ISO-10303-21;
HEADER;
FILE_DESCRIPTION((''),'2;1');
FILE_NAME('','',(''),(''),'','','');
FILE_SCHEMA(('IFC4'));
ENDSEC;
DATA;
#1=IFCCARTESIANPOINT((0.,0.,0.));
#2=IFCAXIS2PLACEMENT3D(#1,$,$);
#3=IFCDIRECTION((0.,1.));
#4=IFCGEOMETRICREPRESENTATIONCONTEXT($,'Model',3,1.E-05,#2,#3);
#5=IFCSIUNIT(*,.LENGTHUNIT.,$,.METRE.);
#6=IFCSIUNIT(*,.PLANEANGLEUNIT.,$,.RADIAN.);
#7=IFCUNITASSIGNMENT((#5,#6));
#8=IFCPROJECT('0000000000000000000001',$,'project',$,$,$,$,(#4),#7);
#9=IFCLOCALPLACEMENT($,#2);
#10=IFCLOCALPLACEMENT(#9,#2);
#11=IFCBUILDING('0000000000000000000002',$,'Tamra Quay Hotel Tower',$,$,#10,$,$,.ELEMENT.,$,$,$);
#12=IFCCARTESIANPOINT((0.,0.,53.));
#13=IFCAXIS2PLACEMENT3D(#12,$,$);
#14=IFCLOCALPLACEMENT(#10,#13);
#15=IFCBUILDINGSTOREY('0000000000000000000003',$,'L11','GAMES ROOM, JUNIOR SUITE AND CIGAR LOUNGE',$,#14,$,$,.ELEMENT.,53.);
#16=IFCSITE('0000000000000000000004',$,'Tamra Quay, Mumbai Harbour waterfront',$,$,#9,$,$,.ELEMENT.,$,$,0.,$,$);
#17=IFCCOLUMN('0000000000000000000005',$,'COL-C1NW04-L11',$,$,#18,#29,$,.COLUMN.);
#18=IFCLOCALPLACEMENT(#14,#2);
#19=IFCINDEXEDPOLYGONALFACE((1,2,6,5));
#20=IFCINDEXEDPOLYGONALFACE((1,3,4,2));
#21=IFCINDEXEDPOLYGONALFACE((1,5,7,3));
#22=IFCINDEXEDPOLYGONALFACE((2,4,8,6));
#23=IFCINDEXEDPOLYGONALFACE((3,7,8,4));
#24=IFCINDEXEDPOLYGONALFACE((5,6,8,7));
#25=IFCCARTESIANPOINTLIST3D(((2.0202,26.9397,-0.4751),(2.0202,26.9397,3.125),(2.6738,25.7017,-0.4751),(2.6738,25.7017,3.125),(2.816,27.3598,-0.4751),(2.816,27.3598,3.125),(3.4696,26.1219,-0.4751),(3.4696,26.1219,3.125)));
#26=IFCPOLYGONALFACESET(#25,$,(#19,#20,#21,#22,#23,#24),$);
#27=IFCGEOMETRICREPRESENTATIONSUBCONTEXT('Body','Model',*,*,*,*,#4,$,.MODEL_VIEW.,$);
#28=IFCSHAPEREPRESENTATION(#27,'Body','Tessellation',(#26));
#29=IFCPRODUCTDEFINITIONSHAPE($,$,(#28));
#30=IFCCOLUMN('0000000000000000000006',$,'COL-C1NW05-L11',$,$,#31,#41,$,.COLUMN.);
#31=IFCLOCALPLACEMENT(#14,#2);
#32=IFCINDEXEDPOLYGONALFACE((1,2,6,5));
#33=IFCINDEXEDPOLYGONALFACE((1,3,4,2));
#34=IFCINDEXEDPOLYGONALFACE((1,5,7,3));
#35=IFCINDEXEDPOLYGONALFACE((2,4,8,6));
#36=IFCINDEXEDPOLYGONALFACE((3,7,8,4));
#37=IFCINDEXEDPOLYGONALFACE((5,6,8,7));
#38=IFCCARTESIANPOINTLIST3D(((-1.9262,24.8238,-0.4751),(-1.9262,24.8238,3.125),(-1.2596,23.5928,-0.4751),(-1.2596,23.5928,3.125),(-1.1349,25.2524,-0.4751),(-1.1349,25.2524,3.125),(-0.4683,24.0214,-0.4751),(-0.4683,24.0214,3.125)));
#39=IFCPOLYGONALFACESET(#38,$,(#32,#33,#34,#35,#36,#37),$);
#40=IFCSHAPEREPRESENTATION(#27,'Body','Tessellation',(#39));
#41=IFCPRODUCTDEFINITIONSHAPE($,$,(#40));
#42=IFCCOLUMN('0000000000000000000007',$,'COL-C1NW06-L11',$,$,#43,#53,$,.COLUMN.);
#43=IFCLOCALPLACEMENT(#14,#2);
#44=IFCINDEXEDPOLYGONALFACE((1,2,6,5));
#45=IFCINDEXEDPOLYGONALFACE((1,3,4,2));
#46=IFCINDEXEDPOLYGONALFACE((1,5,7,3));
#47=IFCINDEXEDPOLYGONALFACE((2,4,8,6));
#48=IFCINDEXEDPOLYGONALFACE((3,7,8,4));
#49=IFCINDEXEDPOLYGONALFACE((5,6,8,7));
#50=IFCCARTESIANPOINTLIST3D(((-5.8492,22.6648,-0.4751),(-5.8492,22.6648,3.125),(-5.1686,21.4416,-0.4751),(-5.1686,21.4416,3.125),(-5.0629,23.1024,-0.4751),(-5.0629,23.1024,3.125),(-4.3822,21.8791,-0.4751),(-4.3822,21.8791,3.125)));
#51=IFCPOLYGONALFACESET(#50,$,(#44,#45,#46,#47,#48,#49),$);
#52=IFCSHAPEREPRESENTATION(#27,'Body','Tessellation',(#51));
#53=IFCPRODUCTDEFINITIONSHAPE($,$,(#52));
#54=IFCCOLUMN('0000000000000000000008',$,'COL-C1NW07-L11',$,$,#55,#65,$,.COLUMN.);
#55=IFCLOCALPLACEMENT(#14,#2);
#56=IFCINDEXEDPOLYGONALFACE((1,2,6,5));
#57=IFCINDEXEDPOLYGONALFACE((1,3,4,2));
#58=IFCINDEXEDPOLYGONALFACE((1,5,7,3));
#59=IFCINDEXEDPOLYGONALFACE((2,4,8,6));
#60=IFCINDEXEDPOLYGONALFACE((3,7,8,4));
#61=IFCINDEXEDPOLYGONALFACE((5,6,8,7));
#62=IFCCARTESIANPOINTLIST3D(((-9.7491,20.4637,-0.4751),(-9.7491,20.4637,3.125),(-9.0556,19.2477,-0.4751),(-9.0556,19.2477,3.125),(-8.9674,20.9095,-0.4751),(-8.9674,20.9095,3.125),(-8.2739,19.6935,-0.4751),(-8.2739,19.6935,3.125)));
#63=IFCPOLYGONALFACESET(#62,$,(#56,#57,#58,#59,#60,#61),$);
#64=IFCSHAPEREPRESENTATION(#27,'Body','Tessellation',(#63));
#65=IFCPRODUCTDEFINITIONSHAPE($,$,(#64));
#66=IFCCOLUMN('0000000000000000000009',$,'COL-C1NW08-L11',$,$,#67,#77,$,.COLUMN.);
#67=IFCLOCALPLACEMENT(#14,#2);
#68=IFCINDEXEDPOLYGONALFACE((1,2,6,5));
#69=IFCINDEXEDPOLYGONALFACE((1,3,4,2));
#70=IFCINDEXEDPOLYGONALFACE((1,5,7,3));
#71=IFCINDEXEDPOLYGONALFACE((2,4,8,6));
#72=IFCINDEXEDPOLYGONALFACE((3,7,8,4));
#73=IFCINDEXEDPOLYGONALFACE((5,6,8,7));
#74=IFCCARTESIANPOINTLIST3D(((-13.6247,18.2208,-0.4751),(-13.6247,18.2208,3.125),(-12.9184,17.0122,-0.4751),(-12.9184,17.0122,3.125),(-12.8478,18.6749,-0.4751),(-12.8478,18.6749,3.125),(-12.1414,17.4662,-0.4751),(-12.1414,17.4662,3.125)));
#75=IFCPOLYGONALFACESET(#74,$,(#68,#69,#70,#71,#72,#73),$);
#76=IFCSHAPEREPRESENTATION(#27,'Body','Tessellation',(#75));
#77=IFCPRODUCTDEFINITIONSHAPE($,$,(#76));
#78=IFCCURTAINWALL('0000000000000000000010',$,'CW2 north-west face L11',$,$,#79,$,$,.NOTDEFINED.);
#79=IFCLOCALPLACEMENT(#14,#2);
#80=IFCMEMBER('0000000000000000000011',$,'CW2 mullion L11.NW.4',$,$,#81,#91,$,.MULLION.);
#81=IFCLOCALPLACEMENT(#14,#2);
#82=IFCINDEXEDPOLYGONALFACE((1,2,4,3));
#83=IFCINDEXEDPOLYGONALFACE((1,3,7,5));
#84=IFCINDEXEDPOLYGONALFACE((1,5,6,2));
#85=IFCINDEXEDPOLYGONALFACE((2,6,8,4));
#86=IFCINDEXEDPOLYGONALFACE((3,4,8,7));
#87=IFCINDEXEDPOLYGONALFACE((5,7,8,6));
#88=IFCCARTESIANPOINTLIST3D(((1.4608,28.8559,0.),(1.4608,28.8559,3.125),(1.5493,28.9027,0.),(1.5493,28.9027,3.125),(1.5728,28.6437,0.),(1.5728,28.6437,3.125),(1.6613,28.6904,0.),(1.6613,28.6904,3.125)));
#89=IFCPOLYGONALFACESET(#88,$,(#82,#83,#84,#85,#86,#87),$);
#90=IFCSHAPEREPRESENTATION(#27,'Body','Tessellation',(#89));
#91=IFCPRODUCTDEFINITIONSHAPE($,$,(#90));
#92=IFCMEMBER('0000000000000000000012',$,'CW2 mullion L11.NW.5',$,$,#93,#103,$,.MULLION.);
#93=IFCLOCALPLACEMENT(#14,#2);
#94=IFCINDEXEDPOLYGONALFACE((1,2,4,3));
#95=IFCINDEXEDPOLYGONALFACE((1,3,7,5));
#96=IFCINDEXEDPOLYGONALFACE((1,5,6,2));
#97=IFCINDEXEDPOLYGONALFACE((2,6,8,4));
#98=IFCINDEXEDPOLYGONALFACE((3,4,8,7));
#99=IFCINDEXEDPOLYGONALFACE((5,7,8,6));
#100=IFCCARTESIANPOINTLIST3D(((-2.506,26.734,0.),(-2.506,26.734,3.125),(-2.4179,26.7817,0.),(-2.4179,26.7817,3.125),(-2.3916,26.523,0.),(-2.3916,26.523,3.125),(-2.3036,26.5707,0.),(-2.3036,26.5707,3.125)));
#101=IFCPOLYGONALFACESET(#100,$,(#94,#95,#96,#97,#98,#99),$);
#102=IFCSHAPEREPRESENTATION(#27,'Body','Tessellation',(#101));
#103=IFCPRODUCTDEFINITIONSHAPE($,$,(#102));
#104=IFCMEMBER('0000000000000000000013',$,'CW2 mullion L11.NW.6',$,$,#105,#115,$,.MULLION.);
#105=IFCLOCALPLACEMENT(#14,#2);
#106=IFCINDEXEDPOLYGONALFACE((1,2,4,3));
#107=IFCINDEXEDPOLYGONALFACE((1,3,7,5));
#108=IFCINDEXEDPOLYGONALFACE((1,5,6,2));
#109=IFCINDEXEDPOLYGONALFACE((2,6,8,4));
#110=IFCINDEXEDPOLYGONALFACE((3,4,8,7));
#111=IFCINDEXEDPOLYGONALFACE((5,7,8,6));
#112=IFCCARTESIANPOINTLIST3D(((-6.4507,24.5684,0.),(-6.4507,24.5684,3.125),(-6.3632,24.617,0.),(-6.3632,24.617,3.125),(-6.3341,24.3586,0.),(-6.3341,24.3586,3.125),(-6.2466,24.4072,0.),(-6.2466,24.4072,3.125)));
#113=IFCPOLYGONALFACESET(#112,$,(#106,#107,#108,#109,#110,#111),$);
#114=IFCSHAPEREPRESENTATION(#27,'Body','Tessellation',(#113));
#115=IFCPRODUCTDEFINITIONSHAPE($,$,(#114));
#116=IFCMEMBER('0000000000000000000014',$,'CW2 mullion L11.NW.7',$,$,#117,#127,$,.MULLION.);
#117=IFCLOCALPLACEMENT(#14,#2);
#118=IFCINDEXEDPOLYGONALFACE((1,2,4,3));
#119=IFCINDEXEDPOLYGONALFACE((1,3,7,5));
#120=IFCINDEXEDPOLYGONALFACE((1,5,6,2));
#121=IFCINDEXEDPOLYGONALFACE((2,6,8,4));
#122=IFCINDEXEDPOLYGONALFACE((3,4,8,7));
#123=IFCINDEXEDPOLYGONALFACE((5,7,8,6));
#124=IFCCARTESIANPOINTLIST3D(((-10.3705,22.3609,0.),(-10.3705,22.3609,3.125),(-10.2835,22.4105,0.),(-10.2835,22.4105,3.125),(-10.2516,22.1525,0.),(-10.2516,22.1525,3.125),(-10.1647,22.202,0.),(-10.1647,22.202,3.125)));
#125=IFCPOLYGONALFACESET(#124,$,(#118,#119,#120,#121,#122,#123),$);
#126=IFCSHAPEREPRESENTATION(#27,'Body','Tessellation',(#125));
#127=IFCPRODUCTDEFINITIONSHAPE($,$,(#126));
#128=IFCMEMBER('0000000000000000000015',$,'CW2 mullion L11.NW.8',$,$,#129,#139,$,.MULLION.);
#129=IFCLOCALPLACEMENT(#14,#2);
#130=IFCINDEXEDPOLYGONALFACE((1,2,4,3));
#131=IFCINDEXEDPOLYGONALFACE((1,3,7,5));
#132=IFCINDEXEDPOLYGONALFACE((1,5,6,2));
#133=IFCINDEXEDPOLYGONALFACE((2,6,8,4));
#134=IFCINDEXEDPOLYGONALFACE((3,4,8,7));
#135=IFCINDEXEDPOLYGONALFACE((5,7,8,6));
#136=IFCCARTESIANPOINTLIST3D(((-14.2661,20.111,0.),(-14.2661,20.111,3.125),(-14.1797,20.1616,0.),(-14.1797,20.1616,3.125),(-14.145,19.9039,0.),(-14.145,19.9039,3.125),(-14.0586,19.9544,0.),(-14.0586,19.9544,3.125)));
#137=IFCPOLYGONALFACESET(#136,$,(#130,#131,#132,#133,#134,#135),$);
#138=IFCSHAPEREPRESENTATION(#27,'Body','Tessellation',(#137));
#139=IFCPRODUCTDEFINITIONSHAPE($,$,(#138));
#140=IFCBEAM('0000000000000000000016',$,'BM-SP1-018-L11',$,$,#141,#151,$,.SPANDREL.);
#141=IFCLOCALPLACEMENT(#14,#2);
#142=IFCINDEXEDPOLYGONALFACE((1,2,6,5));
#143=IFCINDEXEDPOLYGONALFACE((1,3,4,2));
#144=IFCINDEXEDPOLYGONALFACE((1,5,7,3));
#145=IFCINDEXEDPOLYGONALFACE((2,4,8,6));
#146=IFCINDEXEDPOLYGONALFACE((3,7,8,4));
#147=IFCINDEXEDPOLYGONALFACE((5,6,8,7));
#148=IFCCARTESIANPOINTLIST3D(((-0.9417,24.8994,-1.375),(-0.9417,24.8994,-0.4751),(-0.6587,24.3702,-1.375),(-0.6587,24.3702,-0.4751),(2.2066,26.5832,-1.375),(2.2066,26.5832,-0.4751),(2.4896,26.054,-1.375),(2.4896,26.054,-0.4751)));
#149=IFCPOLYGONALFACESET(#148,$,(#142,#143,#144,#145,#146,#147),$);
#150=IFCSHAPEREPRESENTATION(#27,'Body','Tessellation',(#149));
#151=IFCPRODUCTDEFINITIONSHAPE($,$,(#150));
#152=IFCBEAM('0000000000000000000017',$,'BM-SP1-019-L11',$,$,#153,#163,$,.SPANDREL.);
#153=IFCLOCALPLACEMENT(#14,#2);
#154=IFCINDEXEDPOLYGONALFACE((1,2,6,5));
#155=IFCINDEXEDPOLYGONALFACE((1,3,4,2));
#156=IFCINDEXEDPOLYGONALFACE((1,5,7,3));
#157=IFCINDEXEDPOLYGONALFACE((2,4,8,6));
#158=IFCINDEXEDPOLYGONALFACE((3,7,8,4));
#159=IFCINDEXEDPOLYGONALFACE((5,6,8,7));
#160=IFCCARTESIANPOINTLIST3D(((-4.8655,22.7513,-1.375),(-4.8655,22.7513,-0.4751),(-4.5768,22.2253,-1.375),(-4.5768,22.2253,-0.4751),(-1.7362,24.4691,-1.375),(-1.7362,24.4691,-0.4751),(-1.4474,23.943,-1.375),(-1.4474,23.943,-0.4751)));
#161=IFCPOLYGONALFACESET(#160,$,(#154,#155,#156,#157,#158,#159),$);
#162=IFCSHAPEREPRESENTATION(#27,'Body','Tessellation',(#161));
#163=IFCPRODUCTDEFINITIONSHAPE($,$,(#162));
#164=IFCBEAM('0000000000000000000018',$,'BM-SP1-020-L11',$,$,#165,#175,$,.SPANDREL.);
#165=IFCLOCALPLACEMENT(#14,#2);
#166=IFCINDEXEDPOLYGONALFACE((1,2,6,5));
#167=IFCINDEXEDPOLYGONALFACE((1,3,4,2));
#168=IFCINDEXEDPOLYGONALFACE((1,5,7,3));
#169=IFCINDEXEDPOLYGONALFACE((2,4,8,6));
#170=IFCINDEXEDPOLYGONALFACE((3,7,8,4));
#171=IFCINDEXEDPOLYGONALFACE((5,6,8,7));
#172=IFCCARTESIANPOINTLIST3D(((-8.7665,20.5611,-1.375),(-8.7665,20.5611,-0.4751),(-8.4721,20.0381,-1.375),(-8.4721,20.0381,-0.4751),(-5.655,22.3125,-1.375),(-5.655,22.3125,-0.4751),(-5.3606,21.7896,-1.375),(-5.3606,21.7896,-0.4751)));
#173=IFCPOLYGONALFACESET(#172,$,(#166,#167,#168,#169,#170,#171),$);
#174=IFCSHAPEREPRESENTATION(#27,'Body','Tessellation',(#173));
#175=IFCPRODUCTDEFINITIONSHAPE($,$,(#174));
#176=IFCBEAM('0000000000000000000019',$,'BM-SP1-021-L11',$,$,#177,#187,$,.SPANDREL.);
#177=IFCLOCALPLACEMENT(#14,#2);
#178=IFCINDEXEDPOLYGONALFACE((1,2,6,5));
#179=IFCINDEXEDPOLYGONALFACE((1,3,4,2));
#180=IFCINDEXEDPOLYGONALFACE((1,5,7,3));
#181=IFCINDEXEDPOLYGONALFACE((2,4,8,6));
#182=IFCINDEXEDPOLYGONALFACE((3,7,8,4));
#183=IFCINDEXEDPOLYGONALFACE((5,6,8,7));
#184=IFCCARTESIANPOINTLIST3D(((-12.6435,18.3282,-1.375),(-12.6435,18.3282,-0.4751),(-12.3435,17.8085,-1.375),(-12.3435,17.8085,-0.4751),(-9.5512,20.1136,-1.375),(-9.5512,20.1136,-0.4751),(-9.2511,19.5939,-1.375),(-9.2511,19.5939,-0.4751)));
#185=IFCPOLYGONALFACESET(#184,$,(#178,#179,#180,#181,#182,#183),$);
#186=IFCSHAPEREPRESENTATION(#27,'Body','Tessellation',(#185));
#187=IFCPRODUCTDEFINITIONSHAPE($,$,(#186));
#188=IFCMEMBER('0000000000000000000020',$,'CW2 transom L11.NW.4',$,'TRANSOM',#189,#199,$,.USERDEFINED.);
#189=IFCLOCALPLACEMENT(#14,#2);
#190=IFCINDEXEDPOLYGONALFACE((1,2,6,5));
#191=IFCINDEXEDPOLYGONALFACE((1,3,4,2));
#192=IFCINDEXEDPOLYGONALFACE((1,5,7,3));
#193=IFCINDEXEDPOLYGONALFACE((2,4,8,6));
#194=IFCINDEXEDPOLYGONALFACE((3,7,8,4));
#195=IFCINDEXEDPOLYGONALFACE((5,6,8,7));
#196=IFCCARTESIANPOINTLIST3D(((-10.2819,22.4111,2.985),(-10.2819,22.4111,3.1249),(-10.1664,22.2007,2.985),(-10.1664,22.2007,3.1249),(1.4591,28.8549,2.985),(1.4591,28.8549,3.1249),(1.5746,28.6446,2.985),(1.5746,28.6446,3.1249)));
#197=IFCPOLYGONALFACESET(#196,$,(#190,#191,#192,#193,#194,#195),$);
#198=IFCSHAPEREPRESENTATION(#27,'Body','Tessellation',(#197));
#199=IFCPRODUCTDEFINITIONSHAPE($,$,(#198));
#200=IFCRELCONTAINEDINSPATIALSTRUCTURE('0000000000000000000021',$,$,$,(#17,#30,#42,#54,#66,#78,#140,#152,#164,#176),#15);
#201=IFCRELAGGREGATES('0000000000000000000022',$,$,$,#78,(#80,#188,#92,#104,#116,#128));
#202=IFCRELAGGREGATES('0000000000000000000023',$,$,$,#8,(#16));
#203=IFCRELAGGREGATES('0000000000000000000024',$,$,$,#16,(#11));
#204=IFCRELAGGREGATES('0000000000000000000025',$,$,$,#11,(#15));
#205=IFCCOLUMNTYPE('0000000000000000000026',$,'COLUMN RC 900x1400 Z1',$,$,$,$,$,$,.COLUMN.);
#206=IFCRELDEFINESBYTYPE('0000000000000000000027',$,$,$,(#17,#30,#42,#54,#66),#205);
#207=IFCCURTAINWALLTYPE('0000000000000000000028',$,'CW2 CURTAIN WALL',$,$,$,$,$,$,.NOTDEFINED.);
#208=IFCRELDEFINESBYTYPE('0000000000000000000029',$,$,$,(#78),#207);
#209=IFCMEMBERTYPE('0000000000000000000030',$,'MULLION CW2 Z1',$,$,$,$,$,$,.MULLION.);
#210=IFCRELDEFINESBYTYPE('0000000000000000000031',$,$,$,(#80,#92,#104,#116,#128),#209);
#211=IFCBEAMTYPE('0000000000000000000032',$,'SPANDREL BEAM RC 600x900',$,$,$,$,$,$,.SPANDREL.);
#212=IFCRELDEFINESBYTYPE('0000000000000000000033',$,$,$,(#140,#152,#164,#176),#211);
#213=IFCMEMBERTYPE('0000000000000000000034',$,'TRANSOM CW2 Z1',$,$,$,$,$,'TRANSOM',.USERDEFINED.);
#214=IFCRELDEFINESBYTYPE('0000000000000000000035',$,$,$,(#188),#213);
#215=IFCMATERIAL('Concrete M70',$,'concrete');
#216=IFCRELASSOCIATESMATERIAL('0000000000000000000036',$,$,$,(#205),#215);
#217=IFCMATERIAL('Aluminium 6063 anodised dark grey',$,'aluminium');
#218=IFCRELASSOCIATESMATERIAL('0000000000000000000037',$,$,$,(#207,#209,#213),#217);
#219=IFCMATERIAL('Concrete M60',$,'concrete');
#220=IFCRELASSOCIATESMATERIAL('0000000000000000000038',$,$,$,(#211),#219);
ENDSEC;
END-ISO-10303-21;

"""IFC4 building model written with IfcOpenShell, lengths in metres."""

from ifc_helpers import new_model, si_unit, direction, frame, origin, origin_2d, place, context, subcontext, project, spatial, rectangle, extrude, material, material_profile, profile_set, type_object, element, aggregate, save


model = new_model("IFC4")

# Units and contexts
model_context = context("Model", 3, precision=1e-05, world=origin(), true_north=direction((0.0, 1.0)))
body_context = subcontext(model_context, "Body", "Model", "MODEL_VIEW")
ifc_project = project(units=[si_unit("LENGTHUNIT", "METRE"), si_unit("PLANEANGLEUNIT", "RADIAN")], contexts=[model_context])

# Site, building, storey
site_placement = place(None, origin())
site = spatial("IfcSite", under=ifc_project, at=site_placement, Name="Tamra Quay, Mumbai Harbour waterfront", CompositionType="ELEMENT", RefElevation=0.0)
building_placement = place(site_placement, origin())
building = spatial("IfcBuilding", under=site, at=building_placement, Name="Tamra Quay Hotel Tower", CompositionType="ELEMENT")
storey_placement = place(building_placement, frame((0.0, 0.0, 53.0)))
storey = spatial("IfcBuildingStorey", under=building, at=storey_placement, Name="L11", Description="GAMES ROOM, JUNIOR SUITE AND CIGAR LOUNGE", CompositionType="ELEMENT", Elevation=53.0)

# Columns
ifc_material_1 = material(Name="Concrete M70", Category="concrete")
ifc_material_profile_1 = material_profile(ifc_material_1, rectangle(XDim=1.3999, YDim=0.8999, at=origin_2d()), Name="COLUMN RC 900x1400 Z1")
ifc_profile_set_1 = profile_set([ifc_material_profile_1], Name="Concrete M70")
column_type = type_object("IfcColumnType", Name="COLUMN RC 900x1400 Z1", PredefinedType="COLUMN", material=ifc_profile_set_1)
for number, where, z_axis, x_axis, name in (
    (1, (2.7449, 26.5308, -0.4751), (0.0, 0.0, 1.0), (-0.466896, 0.884312, 0.0), "COL-C1NW04-L11"),
    (2, (-1.1973, 24.4226, -0.4751), (0.0, 0.0, 1.0), (-0.476198, 0.879338, 0.0), "COL-C1NW05-L11"),
    (3, (-5.1157, 22.272, -0.4751), (0.0, 0.0, 1.0), (-0.486221, 0.873836, 0.0), "COL-C1NW06-L11"),
    (4, (-9.0115, 20.0786, -0.4751), (0.0, 0.0, 1.0), (-0.495421, 0.868653, 0.0), "COL-C1NW07-L11"),
    (5, (-12.8831, 17.8435, -0.4751), (0.0, 0.0, 1.0), (-0.504565, 0.863374, 0.0), "COL-C1NW08-L11"),
):
    element("IfcColumn", number, at=place(storey_placement, frame(where, z_axis=z_axis, x_axis=x_axis)), inside=storey, type_object=column_type, Name=name, PredefinedType="COLUMN", context=body_context, shape_type="SweptSolid", body=[
        extrude(rectangle(XDim=1.3999, YDim=0.8999, at=origin_2d()), origin(), (0.0, 0.0, 1.0), 3.6001),
    ])

# Curtain wall, members
ifc_material_2 = material(Name="Aluminium 6063 anodised dark grey", Category="aluminium")
curtain_wall_type = type_object("IfcCurtainWallType", Name="CW2 CURTAIN WALL", PredefinedType="NOTDEFINED", material=ifc_material_2)
curtain_wall_placement = place(storey_placement, origin())
curtain_wall = element("IfcCurtainWall", 6, at=curtain_wall_placement, inside=storey, type_object=curtain_wall_type, Name="CW2 north-west face L11", PredefinedType="NOTDEFINED")
ifc_material_profile_2 = material_profile(ifc_material_2, rectangle(XDim=0.24, YDim=0.1001, at=origin_2d()), Name="MULLION 100X240")
ifc_profile_set_2 = profile_set([ifc_material_profile_2], Name="Aluminium 6063 anodised dark grey")
member_type_1 = type_object("IfcMemberType", Name="MULLION CW2 Z1", PredefinedType="MULLION", material=ifc_profile_set_2)
member_1_placement = place(storey_placement, frame((1.561, 28.7732, 0.0), z_axis=(0.0, 0.0, 1.0), x_axis=(-0.466835, 0.884344, 0.0)))
member_1 = element("IfcMember", 7, at=member_1_placement, type_object=member_type_1, Name="CW2 mullion L11.NW.4", PredefinedType="MULLION", context=body_context, shape_type="SweptSolid", body=[
    extrude(rectangle(XDim=0.24, YDim=0.1001, at=origin_2d()), origin(), (0.0, 0.0, 1.0), 3.125),
])
member_2_placement = place(storey_placement, frame((-2.4048, 26.6523, 0.0), z_axis=(0.0, 0.0, 1.0), x_axis=(-0.476377, 0.879241, 0.0)))
member_2 = element("IfcMember", 8, at=member_2_placement, type_object=member_type_1, Name="CW2 mullion L11.NW.5", PredefinedType="MULLION", context=body_context, shape_type="SweptSolid", body=[
    extrude(rectangle(XDim=0.24, YDim=0.1001, at=origin_2d()), origin(), (0.0, 0.0, 1.0), 3.125),
])
member_3_placement = place(storey_placement, frame((-6.3486, 24.4878, 0.0), z_axis=(0.0, 0.0, 1.0), x_axis=(-0.485864, 0.874035, 0.0)))
member_3 = element("IfcMember", 9, at=member_3_placement, type_object=member_type_1, Name="CW2 mullion L11.NW.6", PredefinedType="MULLION", context=body_context, shape_type="SweptSolid", body=[
    extrude(rectangle(XDim=0.24, YDim=0.1001, at=origin_2d()), origin(), (0.0, 0.0, 1.0), 3.125),
])
member_4_placement = place(storey_placement, frame((-10.2676, 22.2815, 0.0), z_axis=(0.0, 0.0, 1.0), x_axis=(-0.495301, 0.868722, 0.0)))
member_4 = element("IfcMember", 10, at=member_4_placement, type_object=member_type_1, Name="CW2 mullion L11.NW.7", PredefinedType="MULLION", context=body_context, shape_type="SweptSolid", body=[
    extrude(rectangle(XDim=0.24, YDim=0.1001, at=origin_2d()), origin(), (0.0, 0.0, 1.0), 3.125),
])
member_5_placement = place(storey_placement, frame((-14.1624, 20.0327, 0.0), z_axis=(0.0, 0.0, 1.0), x_axis=(-0.504685, 0.863304, 0.0)))
member_5 = element("IfcMember", 11, at=member_5_placement, type_object=member_type_1, Name="CW2 mullion L11.NW.8", PredefinedType="MULLION", context=body_context, shape_type="SweptSolid", body=[
    extrude(rectangle(XDim=0.24, YDim=0.1001, at=origin_2d()), origin(), (0.0, 0.0, 1.0), 3.125),
])

# Beams
ifc_material_3 = material(Name="Concrete M60", Category="concrete")
ifc_material_profile_3 = material_profile(ifc_material_3, rectangle(XDim=0.6001, YDim=0.8999, at=origin_2d()), Name="SPANDREL BEAM RC 600x900")
ifc_profile_set_3 = profile_set([ifc_material_profile_3], Name="Concrete M60")
beam_type = type_object("IfcBeamType", Name="SPANDREL BEAM RC 600x900", PredefinedType="SPANDREL", material=ifc_profile_set_3)
beam_1_placement = place(storey_placement, frame((2.3481, 26.3186, -0.925), z_axis=(-0.881809, -0.471607, 0.0), x_axis=(0.471607, -0.881809, 0.0)))
element("IfcBeam", 12, at=beam_1_placement, inside=storey, type_object=beam_type, Name="BM-SP1-018-L11", PredefinedType="SPANDREL", context=body_context, shape_type="SweptSolid", body=[
    extrude(rectangle(XDim=0.6001, YDim=0.8999, at=origin_2d()), origin(), (0.0, 0.0, 1.0), 3.5703),
])
beam_2_placement = place(storey_placement, frame((-1.5918, 24.2061, -0.925), z_axis=(-0.876617, -0.481189, 0.0), x_axis=(0.481189, -0.876617, 0.0)))
element("IfcBeam", 13, at=beam_2_placement, inside=storey, type_object=beam_type, Name="BM-SP1-019-L11", PredefinedType="SPANDREL", context=body_context, shape_type="SweptSolid", body=[
    extrude(rectangle(XDim=0.6001, YDim=0.8999, at=origin_2d()), origin(), (0.0, 0.0, 1.0), 3.5698),
])
beam_3_placement = place(storey_placement, frame((-5.5078, 22.051, -0.925), z_axis=(-0.871431, -0.490518, 0.0), x_axis=(0.490518, -0.871431, 0.0)))
element("IfcBeam", 14, at=beam_3_placement, inside=storey, type_object=beam_type, Name="BM-SP1-020-L11", PredefinedType="SPANDREL", context=body_context, shape_type="SweptSolid", body=[
    extrude(rectangle(XDim=0.6001, YDim=0.8999, at=origin_2d()), origin(), (0.0, 0.0, 1.0), 3.5706),
])
beam_4_placement = place(storey_placement, frame((-9.4011, 19.8538, -0.925), z_axis=(-0.866017, -0.500014, 0.0), x_axis=(0.500014, -0.866017, 0.0)))
element("IfcBeam", 15, at=beam_4_placement, inside=storey, type_object=beam_type, Name="BM-SP1-021-L11", PredefinedType="SPANDREL", context=body_context, shape_type="SweptSolid", body=[
    extrude(rectangle(XDim=0.6001, YDim=0.8999, at=origin_2d()), origin(), (0.0, 0.0, 1.0), 3.5708),
])

# Member
ifc_material_profile_4 = material_profile(ifc_material_2, rectangle(XDim=0.24, YDim=0.1399, at=origin_2d()), Name="TRANSOM 240X140")
ifc_profile_set_4 = profile_set([ifc_material_profile_4], Name="Aluminium 6063 anodised dark grey")
member_type_2 = type_object("IfcMemberType", Name="TRANSOM CW2 Z1", ElementType="TRANSOM", PredefinedType="USERDEFINED", material=ifc_profile_set_4)
member_6_placement = place(storey_placement, frame((1.5168, 28.7498, 3.0549), z_axis=(-0.876647, -0.481134, 0.0), x_axis=(0.481134, -0.876647, 0.0)))
member_6 = element("IfcMember", 16, at=member_6_placement, type_object=member_type_2, Name="CW2 transom L11.NW.4", ObjectType="TRANSOM", PredefinedType="USERDEFINED", context=body_context, shape_type="SweptSolid", body=[
    extrude(rectangle(XDim=0.24, YDim=0.1399, at=origin_2d()), origin(), (0.0, 0.0, 1.0), 13.3931),
])

aggregate(curtain_wall, [member_1, member_6, member_2, member_3, member_4, member_5])

save(model, "model.ifc")
